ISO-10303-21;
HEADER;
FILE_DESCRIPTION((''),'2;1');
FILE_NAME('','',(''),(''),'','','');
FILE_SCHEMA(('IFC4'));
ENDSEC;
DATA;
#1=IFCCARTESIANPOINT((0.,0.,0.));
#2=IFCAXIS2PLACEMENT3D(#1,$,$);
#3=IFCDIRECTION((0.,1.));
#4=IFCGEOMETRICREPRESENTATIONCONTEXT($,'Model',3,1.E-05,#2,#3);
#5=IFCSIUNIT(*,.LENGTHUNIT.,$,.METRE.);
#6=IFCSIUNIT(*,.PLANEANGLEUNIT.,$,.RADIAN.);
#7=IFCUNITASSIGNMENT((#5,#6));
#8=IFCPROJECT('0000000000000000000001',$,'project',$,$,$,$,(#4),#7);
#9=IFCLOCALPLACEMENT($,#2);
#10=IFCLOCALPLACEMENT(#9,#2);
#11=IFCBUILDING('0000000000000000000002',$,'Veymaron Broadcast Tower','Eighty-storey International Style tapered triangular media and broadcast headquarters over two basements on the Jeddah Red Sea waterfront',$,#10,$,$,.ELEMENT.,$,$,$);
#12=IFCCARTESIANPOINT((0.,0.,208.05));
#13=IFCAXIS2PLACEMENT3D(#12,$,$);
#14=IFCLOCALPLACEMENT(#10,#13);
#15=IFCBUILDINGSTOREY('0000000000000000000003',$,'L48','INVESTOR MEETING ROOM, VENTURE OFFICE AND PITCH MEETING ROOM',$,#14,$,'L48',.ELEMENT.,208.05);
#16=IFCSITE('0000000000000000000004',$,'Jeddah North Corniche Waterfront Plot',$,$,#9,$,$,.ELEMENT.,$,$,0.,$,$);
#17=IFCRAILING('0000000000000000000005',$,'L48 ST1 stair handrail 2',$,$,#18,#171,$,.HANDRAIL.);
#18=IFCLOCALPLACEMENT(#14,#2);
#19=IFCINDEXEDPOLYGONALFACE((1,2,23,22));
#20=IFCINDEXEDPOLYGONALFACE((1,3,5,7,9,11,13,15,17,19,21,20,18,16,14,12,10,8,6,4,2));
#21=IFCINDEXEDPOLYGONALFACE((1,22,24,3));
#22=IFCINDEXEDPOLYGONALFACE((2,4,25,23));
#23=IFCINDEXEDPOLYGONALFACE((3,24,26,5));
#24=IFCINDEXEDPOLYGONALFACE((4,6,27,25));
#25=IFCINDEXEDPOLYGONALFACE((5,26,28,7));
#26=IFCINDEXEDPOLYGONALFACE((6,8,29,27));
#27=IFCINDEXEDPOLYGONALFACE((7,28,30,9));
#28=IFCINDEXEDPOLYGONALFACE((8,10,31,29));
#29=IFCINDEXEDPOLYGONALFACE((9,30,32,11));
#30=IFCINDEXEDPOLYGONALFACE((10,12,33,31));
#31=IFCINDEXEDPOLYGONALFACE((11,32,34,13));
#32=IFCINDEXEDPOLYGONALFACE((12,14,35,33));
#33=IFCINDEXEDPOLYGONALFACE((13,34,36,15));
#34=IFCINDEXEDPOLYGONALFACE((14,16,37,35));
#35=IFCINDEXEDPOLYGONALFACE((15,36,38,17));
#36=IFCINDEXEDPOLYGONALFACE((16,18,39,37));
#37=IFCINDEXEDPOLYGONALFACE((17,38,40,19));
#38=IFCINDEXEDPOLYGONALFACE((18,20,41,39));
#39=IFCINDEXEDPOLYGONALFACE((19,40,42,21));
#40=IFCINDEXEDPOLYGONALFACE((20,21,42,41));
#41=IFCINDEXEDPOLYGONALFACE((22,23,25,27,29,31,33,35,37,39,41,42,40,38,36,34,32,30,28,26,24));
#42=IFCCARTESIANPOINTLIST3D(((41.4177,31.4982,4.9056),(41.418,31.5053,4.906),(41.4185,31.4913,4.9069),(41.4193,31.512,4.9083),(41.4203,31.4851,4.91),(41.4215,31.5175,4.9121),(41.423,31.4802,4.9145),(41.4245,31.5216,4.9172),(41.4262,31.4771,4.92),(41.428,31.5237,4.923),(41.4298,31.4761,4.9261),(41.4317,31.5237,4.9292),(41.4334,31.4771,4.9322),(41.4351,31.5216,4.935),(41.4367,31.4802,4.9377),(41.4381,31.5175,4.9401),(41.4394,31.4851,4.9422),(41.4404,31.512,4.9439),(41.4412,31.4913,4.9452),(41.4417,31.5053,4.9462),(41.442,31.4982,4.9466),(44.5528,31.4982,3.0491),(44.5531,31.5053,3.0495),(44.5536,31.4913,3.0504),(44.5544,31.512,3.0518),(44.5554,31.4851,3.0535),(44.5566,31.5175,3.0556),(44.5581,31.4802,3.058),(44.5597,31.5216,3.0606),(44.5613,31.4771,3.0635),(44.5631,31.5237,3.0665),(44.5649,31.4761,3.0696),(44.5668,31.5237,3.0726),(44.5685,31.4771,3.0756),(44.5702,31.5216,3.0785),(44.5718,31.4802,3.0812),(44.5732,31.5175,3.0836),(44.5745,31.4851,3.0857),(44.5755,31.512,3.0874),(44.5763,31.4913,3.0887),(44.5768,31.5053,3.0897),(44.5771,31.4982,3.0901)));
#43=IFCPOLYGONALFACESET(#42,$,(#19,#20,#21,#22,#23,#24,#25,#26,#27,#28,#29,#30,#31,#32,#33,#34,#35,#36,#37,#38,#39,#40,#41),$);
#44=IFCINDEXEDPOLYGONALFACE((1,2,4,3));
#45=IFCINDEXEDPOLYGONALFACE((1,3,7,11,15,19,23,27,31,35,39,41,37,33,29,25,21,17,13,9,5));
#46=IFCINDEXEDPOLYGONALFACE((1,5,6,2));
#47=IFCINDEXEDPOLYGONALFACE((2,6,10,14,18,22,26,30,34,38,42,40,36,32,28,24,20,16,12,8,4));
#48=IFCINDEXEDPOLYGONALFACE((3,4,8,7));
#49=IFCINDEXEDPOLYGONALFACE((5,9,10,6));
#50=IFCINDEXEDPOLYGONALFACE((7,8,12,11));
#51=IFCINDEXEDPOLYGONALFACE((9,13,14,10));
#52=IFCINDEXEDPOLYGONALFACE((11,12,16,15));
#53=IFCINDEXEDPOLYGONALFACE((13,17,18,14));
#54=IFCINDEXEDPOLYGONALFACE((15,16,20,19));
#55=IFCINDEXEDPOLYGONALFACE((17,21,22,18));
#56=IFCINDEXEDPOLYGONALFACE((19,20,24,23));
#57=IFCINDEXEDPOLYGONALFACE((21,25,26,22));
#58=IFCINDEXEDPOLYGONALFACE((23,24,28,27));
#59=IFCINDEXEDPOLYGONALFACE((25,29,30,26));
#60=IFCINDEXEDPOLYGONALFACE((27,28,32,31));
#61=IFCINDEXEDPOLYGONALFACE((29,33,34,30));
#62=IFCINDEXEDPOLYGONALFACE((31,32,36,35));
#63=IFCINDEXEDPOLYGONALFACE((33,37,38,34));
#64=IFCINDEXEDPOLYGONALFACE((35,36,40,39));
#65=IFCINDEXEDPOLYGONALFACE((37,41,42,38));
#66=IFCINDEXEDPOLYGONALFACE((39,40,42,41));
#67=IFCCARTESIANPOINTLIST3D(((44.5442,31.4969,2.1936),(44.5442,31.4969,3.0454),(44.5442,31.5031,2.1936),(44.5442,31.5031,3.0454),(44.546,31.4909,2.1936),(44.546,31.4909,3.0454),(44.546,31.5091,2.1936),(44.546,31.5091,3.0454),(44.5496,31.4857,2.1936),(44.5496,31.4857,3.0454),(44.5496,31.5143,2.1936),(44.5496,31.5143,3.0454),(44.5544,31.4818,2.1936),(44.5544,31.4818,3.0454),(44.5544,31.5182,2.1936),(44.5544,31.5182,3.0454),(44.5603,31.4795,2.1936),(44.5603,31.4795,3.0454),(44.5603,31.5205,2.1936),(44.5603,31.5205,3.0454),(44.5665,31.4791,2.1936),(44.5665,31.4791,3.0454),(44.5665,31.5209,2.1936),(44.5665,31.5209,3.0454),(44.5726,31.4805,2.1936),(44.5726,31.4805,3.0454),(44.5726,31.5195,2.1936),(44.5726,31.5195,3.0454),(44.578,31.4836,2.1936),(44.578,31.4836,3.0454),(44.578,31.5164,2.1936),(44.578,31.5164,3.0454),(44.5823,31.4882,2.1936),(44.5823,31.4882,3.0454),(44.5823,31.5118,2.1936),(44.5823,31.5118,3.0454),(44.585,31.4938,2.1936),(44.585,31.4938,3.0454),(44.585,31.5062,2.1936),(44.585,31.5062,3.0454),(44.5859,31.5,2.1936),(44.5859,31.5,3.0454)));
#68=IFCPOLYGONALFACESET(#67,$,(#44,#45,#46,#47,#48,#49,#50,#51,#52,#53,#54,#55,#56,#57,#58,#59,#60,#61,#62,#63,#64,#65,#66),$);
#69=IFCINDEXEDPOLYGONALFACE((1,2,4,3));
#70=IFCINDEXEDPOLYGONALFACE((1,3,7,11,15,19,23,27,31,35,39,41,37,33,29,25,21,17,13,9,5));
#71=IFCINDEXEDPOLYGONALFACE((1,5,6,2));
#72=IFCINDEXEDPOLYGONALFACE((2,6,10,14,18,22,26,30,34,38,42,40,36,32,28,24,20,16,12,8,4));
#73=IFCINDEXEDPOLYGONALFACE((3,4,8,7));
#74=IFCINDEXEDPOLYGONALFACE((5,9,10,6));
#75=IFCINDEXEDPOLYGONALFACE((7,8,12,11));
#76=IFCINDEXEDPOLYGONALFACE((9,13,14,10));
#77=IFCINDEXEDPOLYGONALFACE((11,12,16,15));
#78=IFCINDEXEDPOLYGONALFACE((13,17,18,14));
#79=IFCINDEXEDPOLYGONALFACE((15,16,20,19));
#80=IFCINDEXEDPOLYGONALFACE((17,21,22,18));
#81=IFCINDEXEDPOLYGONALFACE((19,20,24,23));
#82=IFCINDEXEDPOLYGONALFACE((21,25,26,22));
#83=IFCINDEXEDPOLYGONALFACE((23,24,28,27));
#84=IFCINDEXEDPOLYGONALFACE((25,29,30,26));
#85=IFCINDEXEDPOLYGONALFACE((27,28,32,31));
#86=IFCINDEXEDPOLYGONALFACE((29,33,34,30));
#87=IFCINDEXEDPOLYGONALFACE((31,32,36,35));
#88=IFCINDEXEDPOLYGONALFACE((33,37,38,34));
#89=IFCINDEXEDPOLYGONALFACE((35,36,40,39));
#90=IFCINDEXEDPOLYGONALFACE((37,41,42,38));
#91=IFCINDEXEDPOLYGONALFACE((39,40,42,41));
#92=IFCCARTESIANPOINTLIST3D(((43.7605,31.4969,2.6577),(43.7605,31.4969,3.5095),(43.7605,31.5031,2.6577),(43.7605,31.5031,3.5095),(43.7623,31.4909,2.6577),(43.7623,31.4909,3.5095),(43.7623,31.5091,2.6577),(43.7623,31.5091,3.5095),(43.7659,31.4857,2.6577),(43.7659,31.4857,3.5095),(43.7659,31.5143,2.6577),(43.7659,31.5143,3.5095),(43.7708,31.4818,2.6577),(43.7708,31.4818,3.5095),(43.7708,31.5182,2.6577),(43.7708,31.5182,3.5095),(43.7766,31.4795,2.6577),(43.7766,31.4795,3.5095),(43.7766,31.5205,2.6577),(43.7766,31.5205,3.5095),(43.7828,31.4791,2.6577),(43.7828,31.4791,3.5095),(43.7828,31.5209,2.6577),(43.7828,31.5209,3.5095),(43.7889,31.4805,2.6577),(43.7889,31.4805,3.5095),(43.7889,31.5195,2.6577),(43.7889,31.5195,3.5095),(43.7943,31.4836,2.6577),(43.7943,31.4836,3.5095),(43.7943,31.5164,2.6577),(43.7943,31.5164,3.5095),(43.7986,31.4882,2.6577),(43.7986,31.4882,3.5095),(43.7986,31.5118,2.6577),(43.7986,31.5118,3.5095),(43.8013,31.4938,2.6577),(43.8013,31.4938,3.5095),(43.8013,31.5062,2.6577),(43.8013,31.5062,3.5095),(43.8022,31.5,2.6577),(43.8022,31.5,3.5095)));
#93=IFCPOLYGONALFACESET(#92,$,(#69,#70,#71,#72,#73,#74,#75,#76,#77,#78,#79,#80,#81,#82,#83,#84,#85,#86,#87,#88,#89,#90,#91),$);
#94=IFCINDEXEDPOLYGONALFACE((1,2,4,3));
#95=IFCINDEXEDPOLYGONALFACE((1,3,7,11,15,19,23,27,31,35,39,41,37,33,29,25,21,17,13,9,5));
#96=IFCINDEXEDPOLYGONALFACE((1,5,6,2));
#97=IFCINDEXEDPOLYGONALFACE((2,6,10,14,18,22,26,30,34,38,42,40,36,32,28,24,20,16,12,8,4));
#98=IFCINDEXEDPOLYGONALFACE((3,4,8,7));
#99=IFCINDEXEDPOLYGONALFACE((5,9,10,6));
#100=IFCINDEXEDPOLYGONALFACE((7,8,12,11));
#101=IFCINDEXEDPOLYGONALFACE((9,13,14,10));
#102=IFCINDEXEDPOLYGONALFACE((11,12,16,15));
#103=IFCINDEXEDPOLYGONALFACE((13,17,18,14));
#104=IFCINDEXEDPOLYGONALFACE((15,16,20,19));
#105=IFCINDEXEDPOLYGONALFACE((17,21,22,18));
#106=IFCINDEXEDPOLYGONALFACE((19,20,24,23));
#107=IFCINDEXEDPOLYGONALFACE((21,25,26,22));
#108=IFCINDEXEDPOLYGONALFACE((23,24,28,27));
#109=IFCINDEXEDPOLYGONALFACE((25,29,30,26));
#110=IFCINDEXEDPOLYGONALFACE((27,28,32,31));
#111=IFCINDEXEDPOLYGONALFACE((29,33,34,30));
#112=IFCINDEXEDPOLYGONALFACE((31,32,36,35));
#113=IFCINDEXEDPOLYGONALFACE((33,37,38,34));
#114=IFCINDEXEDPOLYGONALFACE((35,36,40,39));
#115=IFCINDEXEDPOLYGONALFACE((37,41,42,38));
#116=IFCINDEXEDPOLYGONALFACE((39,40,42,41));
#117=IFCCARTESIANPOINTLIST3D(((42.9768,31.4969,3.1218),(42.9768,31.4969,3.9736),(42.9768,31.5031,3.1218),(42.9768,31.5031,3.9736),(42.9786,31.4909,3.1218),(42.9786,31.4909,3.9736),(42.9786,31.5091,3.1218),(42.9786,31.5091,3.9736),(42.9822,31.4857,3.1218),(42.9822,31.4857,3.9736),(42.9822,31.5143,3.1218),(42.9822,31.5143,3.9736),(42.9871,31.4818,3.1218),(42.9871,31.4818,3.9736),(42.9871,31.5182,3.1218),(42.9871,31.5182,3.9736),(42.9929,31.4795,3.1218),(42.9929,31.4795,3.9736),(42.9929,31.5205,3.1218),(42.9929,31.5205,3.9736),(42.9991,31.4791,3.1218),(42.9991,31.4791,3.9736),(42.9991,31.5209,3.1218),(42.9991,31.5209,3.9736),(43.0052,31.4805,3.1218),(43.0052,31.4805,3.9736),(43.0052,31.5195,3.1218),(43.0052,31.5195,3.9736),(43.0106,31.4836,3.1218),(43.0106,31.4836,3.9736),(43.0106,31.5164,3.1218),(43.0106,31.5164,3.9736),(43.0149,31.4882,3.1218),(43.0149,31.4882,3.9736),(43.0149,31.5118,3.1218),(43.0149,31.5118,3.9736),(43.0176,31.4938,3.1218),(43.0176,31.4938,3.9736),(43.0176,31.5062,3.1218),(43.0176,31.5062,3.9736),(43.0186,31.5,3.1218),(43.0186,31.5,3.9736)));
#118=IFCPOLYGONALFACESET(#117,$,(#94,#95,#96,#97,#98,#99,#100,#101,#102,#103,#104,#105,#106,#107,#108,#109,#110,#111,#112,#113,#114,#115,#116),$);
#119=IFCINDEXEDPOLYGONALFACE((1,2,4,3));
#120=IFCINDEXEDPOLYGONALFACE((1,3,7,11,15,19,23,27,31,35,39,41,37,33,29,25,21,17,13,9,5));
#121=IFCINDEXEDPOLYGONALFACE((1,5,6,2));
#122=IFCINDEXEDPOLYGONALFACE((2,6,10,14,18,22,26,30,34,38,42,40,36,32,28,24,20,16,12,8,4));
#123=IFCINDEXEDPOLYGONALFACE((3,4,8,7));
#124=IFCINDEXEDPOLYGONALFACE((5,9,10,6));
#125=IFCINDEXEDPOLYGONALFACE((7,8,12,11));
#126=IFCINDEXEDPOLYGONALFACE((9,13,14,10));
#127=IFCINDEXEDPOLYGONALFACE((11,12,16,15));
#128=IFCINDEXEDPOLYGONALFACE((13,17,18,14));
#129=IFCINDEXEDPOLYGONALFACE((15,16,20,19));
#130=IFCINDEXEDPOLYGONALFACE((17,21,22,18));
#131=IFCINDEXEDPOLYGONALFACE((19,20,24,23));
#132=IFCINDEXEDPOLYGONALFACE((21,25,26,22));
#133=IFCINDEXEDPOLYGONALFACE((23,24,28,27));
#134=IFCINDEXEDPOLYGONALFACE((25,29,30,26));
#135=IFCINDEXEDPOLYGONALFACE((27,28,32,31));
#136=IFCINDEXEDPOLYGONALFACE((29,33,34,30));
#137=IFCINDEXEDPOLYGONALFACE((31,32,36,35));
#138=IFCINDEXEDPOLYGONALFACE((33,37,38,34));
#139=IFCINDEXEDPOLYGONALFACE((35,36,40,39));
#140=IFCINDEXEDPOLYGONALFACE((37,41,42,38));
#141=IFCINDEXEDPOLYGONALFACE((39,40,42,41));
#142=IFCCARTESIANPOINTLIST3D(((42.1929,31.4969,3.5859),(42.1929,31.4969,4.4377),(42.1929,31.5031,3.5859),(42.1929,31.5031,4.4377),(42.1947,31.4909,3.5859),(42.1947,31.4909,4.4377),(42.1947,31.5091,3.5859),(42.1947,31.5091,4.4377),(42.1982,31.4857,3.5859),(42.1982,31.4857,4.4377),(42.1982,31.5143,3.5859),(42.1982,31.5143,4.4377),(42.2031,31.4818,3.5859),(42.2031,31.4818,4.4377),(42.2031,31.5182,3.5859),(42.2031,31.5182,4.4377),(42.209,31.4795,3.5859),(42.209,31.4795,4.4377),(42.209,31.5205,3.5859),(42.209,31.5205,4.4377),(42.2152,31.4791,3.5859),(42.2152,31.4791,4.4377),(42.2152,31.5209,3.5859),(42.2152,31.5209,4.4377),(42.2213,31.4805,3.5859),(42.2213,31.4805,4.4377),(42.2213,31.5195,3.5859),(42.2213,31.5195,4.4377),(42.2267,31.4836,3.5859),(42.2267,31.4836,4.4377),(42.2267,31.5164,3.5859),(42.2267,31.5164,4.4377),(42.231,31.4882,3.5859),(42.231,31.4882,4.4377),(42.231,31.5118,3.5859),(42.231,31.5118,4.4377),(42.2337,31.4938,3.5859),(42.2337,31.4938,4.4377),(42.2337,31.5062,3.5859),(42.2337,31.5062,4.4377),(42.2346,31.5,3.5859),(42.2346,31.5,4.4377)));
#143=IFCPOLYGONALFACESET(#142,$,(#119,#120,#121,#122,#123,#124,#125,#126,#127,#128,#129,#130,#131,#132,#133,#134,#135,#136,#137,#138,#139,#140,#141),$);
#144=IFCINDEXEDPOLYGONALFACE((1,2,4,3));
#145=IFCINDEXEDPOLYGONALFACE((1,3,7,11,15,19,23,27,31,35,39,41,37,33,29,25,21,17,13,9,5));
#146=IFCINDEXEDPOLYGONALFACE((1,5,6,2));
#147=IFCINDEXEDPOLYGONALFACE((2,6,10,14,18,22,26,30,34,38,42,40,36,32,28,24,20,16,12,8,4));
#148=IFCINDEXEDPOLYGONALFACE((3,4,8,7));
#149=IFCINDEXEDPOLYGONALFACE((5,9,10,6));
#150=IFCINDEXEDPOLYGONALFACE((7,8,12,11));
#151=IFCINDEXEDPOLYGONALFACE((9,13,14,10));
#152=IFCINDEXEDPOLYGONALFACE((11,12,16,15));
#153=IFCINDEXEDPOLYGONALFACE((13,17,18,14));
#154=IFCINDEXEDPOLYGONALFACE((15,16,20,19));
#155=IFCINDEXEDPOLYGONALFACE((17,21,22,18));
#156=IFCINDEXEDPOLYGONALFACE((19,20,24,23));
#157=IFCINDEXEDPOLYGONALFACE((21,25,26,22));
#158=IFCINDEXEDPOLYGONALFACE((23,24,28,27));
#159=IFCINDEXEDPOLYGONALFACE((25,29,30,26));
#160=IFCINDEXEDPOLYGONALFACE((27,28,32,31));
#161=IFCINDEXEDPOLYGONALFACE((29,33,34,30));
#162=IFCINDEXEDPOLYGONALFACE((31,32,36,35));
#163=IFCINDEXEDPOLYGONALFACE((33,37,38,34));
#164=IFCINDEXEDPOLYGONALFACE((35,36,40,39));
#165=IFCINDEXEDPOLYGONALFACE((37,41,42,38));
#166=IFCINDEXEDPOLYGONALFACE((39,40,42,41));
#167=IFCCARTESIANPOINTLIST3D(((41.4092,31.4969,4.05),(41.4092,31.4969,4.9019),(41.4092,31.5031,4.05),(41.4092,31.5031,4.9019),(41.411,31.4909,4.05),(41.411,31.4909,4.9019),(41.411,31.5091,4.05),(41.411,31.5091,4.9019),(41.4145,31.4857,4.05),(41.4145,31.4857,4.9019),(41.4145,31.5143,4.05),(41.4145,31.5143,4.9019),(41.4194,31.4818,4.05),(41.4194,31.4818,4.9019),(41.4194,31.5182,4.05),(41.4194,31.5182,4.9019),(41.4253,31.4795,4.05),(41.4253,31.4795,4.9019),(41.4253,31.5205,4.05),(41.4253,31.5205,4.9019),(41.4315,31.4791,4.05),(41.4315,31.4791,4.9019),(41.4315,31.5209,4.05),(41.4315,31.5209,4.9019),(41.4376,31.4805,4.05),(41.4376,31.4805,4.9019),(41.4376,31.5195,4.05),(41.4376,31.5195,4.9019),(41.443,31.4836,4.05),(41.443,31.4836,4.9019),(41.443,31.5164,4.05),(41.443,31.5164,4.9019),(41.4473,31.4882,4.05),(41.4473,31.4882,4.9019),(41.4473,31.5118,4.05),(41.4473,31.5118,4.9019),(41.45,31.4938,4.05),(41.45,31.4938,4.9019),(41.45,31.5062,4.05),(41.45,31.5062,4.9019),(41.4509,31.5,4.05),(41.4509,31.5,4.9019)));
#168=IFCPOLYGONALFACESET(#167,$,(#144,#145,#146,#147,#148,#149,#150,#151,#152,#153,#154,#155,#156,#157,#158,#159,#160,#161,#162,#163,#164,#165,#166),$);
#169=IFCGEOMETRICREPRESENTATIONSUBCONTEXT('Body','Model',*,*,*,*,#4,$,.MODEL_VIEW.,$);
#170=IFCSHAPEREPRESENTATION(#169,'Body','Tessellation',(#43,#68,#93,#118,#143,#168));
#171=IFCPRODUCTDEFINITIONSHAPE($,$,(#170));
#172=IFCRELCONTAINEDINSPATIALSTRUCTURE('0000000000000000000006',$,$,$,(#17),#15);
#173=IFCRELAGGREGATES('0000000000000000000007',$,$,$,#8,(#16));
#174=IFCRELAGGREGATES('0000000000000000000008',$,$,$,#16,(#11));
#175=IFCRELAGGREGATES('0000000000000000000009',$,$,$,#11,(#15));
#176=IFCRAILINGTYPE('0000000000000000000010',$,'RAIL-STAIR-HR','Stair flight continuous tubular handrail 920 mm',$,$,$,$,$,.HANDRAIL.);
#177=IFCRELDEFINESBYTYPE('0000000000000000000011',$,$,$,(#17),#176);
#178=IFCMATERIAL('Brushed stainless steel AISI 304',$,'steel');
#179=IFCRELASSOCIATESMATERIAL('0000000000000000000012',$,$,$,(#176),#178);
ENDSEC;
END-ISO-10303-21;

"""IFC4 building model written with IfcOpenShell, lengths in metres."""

from ifc_helpers import new_model, si_unit, direction, frame, origin, origin_2d, place, context, subcontext, project, spatial, circle, extrude, material, type_object, element, save


model = new_model("IFC4")

# Units and contexts
model_context = context("Model", 3, precision=1e-05, world=origin(), true_north=direction((0.0, 1.0)))
body_context = subcontext(model_context, "Body", "Model", "MODEL_VIEW")
ifc_project = project(units=[si_unit("LENGTHUNIT", "METRE"), si_unit("PLANEANGLEUNIT", "RADIAN")], contexts=[model_context])

# Site, building, storey
site_placement = place(None, origin())
site = spatial("IfcSite", under=ifc_project, at=site_placement, Name="Jeddah North Corniche Waterfront Plot", CompositionType="ELEMENT", RefElevation=0.0)
building_placement = place(site_placement, origin())
building = spatial("IfcBuilding", under=site, at=building_placement, Name="Veymaron Broadcast Tower", Description="Eighty-storey International Style tapered triangular media and broadcast headquarters over two basements on the Jeddah Red Sea waterfront", CompositionType="ELEMENT")
storey_placement = place(building_placement, frame((0.0, 0.0, 208.05)))
storey = spatial("IfcBuildingStorey", under=building, at=storey_placement, Name="L48", Description="INVESTOR MEETING ROOM, VENTURE OFFICE AND PITCH MEETING ROOM", LongName="L48", CompositionType="ELEMENT", Elevation=208.05)

# Shared definitions
ifc_material_1 = material(Name="Brushed stainless steel AISI 304", Category="steel")

# Railing
railing_type_1 = type_object("IfcRailingType", Name="RAIL-STAIR-HR", Description="Stair flight continuous tubular handrail 920 mm", PredefinedType="HANDRAIL", material=ifc_material_1)
railing_1_placement = place(storey_placement, frame((44.5649, 31.5, 2.1936)))
element("IfcRailing", 1, at=railing_1_placement, inside=storey, type_object=railing_type_1, Name="L48 ST1 stair handrail 2", PredefinedType="HANDRAIL", context=body_context, shape_type="SweptSolid", body=[
    extrude(circle(Radius=0.0239, at=origin_2d()), frame((0.0, 0.0, 0.876), z_axis=(-0.860453, 0.0, 0.509531), x_axis=(0.0, -1.0, 0.0)), (0.0, 0.0, 1.0), 3.6436),
    extrude(circle(Radius=0.021, at=origin_2d()), origin(), (0.0, 0.0, 1.0), 0.8518),
    extrude(circle(Radius=0.021, at=origin_2d()), frame((-0.7837, 0.0, 0.4641)), (0.0, 0.0, 1.0), 0.8518),
    extrude(circle(Radius=0.021, at=origin_2d()), frame((-1.5674, 0.0, 0.9282)), (0.0, 0.0, 1.0), 0.8518),
    extrude(circle(Radius=0.021, at=origin_2d()), frame((-2.3513, 0.0, 1.3923)), (0.0, 0.0, 1.0), 0.8518),
    extrude(circle(Radius=0.021, at=origin_2d()), frame((-3.135, 0.0, 1.8564)), (0.0, 0.0, 1.0), 0.8518),
])

save(model, "model.ifc")
